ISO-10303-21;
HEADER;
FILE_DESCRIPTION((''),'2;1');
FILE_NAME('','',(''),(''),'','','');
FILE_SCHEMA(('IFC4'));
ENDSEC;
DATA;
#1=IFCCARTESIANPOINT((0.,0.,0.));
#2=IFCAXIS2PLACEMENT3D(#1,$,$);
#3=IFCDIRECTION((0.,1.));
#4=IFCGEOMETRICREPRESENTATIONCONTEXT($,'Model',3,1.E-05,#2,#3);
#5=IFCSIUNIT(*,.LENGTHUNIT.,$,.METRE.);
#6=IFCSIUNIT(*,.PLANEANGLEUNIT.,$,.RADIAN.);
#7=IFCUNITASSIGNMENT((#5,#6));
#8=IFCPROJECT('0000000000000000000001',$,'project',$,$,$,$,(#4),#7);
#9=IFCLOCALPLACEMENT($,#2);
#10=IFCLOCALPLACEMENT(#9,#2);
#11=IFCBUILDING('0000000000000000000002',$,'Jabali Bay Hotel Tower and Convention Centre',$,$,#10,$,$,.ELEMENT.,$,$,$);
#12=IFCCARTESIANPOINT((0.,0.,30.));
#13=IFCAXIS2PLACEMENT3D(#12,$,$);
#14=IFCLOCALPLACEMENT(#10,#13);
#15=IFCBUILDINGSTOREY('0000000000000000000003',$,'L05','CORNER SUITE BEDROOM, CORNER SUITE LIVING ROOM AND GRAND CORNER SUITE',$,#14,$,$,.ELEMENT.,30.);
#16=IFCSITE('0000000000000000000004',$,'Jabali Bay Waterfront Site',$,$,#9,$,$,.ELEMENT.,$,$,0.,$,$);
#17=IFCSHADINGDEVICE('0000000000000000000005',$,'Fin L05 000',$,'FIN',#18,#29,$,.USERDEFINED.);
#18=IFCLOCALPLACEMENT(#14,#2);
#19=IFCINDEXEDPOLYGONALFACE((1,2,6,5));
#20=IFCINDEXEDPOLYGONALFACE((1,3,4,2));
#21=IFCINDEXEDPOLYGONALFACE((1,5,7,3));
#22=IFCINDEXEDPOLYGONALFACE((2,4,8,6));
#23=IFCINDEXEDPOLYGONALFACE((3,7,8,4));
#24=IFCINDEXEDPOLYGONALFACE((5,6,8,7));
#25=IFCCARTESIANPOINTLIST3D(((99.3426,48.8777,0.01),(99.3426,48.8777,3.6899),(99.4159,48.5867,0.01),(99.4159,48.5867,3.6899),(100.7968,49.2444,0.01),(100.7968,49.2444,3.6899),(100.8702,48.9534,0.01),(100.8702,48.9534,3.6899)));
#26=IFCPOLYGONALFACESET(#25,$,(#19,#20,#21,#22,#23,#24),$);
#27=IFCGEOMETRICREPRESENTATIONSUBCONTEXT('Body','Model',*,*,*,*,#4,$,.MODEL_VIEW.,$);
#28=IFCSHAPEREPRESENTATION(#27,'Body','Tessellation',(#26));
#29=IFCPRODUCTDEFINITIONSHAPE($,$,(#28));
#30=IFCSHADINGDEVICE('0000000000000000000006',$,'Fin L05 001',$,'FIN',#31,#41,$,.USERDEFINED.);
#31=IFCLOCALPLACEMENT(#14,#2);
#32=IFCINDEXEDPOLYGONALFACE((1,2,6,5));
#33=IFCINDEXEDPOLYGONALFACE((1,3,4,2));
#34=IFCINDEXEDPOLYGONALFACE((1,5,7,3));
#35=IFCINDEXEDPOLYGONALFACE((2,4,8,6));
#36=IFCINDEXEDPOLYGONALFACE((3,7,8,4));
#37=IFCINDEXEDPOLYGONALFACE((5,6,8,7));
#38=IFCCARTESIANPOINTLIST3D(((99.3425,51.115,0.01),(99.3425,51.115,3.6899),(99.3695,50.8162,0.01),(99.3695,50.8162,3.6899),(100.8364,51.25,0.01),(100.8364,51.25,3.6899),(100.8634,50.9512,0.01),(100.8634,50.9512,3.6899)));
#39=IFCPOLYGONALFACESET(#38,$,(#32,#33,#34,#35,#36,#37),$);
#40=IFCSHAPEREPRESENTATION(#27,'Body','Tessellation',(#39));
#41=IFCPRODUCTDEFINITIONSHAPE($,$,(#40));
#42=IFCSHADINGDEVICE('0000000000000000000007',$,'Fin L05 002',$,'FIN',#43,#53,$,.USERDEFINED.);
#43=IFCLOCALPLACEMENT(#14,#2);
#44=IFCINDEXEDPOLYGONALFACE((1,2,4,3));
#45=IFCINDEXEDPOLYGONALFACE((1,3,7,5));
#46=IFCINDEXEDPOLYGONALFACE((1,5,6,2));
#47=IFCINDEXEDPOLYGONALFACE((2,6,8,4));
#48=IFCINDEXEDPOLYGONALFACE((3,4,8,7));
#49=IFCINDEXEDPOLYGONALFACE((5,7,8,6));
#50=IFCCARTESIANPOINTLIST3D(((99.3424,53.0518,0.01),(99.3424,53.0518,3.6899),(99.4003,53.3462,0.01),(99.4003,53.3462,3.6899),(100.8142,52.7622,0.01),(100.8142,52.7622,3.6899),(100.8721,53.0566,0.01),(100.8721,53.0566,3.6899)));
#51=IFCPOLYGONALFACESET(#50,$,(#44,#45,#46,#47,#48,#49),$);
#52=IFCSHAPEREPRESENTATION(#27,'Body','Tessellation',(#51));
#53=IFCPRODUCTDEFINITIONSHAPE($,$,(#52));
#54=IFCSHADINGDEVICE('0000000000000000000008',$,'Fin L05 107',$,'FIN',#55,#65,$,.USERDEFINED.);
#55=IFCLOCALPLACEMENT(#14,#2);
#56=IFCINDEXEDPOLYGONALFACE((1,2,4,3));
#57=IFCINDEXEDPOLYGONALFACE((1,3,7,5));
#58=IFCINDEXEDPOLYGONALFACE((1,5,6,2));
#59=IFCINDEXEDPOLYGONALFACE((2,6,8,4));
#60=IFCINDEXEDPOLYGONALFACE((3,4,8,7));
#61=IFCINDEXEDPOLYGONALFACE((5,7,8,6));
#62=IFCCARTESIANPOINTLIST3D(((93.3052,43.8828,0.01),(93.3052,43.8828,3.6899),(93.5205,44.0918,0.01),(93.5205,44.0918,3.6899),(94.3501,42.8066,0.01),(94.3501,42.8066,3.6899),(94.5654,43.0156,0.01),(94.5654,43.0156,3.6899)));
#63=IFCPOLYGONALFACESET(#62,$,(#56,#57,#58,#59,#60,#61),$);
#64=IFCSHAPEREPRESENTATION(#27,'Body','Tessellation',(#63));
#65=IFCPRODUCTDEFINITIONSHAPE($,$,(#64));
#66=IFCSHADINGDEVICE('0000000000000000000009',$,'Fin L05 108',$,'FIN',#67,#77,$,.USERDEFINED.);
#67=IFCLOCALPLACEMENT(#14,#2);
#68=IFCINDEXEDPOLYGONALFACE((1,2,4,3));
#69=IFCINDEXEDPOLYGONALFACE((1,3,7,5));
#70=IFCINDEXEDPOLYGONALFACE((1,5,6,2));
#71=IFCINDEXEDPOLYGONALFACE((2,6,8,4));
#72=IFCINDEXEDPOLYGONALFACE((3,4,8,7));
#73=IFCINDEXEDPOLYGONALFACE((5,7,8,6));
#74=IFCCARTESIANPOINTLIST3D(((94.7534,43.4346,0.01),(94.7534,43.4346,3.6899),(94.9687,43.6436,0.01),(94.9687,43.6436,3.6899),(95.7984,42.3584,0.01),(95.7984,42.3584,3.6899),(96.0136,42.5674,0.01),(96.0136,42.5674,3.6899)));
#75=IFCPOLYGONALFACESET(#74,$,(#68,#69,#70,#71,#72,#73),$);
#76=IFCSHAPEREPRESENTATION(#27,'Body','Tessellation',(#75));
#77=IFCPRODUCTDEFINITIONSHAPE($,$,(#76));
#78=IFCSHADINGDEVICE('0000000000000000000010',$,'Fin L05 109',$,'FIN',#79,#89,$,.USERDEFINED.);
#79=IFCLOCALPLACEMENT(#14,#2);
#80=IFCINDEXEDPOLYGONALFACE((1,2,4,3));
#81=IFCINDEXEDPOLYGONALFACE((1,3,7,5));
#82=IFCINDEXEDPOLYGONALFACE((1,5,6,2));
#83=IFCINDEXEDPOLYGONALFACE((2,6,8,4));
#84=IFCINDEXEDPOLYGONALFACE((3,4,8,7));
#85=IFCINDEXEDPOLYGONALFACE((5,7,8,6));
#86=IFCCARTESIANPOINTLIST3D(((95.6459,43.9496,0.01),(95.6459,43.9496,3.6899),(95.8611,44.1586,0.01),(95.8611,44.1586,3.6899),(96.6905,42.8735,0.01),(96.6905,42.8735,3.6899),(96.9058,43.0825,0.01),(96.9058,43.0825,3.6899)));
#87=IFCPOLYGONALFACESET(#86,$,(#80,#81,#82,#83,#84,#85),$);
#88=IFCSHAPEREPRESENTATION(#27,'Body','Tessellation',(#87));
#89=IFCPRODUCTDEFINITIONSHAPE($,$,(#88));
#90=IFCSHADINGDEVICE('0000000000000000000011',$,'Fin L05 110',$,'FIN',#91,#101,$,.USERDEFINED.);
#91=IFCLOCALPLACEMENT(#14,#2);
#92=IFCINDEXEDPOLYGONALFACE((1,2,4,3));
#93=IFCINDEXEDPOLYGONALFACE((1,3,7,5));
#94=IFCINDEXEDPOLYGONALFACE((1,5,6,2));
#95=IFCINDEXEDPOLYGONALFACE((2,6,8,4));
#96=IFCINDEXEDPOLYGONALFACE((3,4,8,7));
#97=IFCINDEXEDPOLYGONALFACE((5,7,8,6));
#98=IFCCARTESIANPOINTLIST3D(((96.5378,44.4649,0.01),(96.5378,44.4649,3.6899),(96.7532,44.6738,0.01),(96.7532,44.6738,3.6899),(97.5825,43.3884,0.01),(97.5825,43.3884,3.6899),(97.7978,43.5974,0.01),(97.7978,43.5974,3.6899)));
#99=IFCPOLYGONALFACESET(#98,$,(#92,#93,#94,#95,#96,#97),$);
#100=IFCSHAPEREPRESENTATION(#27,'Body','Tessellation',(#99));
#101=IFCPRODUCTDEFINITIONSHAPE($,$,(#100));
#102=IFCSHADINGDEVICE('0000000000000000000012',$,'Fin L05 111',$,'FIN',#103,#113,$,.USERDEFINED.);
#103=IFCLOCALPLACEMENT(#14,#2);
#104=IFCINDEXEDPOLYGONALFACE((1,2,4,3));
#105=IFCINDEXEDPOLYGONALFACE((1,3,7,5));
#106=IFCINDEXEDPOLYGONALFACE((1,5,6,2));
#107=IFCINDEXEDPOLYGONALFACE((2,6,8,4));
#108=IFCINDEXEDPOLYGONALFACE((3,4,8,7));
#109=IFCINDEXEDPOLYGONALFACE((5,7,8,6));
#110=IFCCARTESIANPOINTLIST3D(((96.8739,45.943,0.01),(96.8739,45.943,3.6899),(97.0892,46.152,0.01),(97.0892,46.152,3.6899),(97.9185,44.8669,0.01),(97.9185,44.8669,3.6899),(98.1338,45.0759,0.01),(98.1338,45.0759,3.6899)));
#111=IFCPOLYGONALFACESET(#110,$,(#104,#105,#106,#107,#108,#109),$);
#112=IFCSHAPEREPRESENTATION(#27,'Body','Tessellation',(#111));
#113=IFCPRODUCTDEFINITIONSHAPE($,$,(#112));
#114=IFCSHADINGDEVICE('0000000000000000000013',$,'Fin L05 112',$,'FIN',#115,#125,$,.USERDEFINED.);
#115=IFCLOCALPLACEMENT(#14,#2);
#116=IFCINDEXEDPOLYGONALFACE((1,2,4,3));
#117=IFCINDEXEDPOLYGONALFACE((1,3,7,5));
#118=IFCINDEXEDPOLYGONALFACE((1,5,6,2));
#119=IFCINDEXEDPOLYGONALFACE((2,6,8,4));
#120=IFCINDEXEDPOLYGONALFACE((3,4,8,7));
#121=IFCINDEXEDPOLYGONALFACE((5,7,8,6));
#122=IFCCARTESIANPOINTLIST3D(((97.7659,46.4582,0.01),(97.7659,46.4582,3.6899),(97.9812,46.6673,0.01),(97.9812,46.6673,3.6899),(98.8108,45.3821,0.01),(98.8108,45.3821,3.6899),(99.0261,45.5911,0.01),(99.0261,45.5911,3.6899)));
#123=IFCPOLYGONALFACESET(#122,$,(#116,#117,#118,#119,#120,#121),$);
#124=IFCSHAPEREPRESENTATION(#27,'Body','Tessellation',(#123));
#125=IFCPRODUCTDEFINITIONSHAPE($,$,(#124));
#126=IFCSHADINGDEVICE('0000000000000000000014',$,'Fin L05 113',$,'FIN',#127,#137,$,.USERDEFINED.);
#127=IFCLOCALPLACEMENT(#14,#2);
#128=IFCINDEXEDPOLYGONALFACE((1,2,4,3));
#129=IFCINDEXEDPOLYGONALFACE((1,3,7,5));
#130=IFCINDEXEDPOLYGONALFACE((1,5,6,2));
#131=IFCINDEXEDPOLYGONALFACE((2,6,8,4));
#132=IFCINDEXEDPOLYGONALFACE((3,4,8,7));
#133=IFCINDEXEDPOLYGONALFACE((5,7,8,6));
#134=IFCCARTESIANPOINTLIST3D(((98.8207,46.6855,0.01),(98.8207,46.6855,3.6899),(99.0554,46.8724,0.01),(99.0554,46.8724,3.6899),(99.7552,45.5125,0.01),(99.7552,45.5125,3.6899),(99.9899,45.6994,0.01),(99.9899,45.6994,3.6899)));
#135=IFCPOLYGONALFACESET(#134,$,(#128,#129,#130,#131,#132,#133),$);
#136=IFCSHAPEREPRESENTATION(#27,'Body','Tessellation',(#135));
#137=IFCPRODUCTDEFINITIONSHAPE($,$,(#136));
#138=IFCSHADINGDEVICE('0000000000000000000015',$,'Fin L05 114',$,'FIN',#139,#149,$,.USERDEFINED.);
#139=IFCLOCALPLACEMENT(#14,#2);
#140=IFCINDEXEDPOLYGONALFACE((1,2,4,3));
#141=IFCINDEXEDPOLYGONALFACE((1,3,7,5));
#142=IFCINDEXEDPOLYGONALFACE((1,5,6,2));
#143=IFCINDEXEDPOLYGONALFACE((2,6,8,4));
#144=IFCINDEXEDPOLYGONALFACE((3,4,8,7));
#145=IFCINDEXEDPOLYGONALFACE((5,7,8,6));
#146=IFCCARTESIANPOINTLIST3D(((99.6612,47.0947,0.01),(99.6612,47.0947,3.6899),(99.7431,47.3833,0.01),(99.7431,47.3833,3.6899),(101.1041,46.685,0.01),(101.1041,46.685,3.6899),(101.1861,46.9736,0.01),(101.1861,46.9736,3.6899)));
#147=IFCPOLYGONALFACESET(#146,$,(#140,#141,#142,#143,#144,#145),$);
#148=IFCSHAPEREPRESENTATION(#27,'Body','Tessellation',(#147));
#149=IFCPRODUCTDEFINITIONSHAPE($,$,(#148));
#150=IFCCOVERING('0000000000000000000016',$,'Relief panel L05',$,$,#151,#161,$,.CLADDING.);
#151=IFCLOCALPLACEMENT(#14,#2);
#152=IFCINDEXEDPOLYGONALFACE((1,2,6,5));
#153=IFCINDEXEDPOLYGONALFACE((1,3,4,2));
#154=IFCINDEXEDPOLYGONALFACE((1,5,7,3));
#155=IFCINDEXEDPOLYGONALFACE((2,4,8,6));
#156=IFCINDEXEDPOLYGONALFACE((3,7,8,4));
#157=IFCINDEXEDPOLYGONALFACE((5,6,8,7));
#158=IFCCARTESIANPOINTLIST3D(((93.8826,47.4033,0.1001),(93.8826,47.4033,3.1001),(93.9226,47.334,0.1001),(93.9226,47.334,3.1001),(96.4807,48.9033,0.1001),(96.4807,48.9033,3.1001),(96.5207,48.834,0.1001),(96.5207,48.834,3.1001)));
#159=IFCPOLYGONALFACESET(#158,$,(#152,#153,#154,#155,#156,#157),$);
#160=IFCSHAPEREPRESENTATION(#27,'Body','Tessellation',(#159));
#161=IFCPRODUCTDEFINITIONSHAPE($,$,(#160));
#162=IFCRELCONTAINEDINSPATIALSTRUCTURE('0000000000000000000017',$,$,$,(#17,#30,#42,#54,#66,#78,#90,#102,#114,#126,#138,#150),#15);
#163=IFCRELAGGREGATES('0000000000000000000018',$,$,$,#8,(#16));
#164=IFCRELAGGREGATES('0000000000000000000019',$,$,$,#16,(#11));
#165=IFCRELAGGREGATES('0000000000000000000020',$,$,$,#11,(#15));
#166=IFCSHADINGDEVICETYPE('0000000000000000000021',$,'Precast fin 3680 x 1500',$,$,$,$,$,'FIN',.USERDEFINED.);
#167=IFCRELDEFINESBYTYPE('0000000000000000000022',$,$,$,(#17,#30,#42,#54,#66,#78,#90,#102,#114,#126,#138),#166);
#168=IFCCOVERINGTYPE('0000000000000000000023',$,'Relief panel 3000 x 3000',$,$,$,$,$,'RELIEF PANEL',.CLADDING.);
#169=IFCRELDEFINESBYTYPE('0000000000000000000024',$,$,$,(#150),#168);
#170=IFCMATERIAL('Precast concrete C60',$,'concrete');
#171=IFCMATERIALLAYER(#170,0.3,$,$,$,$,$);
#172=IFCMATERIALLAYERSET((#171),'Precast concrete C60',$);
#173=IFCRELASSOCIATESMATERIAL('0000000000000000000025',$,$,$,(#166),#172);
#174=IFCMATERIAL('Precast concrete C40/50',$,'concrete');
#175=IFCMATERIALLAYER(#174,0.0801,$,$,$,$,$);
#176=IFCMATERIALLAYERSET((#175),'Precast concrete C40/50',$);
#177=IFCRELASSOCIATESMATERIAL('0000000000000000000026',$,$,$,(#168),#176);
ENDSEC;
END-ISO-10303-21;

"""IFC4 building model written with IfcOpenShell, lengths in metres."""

from ifc_helpers import new_model, si_unit, direction, frame, frame_2d, origin, origin_2d, place, context, subcontext, project, spatial, rectangle, extrude, material, layer, layer_set, type_object, element, save


model = new_model("IFC4")

# Units and contexts
model_context = context("Model", 3, precision=1e-05, world=origin(), true_north=direction((0.0, 1.0)))
body_context = subcontext(model_context, "Body", "Model", "MODEL_VIEW")
ifc_project = project(units=[si_unit("LENGTHUNIT", "METRE"), si_unit("PLANEANGLEUNIT", "RADIAN")], contexts=[model_context])

# Site, building, storey
site_placement = place(None, origin())
site = spatial("IfcSite", under=ifc_project, at=site_placement, Name="Jabali Bay Waterfront Site", CompositionType="ELEMENT", RefElevation=0.0)
building_placement = place(site_placement, origin())
building = spatial("IfcBuilding", under=site, at=building_placement, Name="Jabali Bay Hotel Tower and Convention Centre", CompositionType="ELEMENT")
storey_placement = place(building_placement, frame((0.0, 0.0, 30.0)))
storey = spatial("IfcBuildingStorey", under=building, at=storey_placement, Name="L05", Description="CORNER SUITE BEDROOM, CORNER SUITE LIVING ROOM AND GRAND CORNER SUITE", CompositionType="ELEMENT", Elevation=30.0)

# Shading devices
ifc_material_1 = material(Name="Precast concrete C60", Category="concrete")
ifc_layer_1 = layer(ifc_material_1, 0.3)
ifc_layer_set_1 = layer_set([ifc_layer_1], Name="Precast concrete C60")
shading_device_type = type_object("IfcShadingDeviceType", Name="Precast fin 3680 x 1500", ElementType="FIN", PredefinedType="USERDEFINED", material=ifc_layer_set_1)
shading_device_1_placement = place(storey_placement, frame((99.3792, 48.7322, 0.01), z_axis=(0.0, 0.0, 1.0), x_axis=(0.969652, 0.244488, 0.0)))
element("IfcShadingDevice", 1, at=shading_device_1_placement, inside=storey, type_object=shading_device_type, Name="Fin L05 000", ObjectType="FIN", PredefinedType="USERDEFINED", context=body_context, shape_type="SweptSolid", body=[
    extrude(rectangle(XDim=1.4998, YDim=0.3, at=frame_2d((0.75, 0.0))), origin(), (0.0, 0.0, 1.0), 3.6799),
])
for number, where, z_axis, x_axis, name in (
    (2, (99.356, 50.9656, 0.01), (0.0, 0.0, 1.0), (0.995941, 0.090007, 0.0), "Fin L05 001"),
    (3, (99.3713, 53.199, 0.01), (0.0, 0.0, 1.0), (0.981189, -0.193048, 0.0), "Fin L05 002"),
    (4, (93.4128, 43.9873, 0.01), (0.0, 0.0, 1.0), (0.696613, -0.717447, 0.0), "Fin L05 107"),
    (5, (94.8611, 43.5391, 0.01), (0.0, 0.0, 1.0), (0.696613, -0.717447, 0.0), "Fin L05 108"),
):
    element("IfcShadingDevice", number, at=place(storey_placement, frame(where, z_axis=z_axis, x_axis=x_axis)), inside=storey, type_object=shading_device_type, Name=name, ObjectType="FIN", PredefinedType="USERDEFINED", context=body_context, shape_type="SweptSolid", body=[
        extrude(rectangle(XDim=1.5, YDim=0.3, at=frame_2d((0.75, 0.0))), origin(), (0.0, 0.0, 1.0), 3.6799),
    ])
shading_device_2_placement = place(storey_placement, frame((95.7534, 44.0542, 0.01), z_axis=(0.0, 0.0, 1.0), x_axis=(0.69653, -0.717528, 0.0)))
element("IfcShadingDevice", 6, at=shading_device_2_placement, inside=storey, type_object=shading_device_type, Name="Fin L05 109", ObjectType="FIN", PredefinedType="USERDEFINED", context=body_context, shape_type="SweptSolid", body=[
    extrude(rectangle(XDim=1.4998, YDim=0.3, at=frame_2d((0.75, 0.0))), origin(), (0.0, 0.0, 1.0), 3.6799),
])
shading_device_3_placement = place(storey_placement, frame((96.6455, 44.5693, 0.01), z_axis=(0.0, 0.0, 1.0), x_axis=(0.696448, -0.717607, 0.0)))
element("IfcShadingDevice", 7, at=shading_device_3_placement, inside=storey, type_object=shading_device_type, Name="Fin L05 110", ObjectType="FIN", PredefinedType="USERDEFINED", context=body_context, shape_type="SweptSolid", body=[
    extrude(rectangle(XDim=1.5, YDim=0.3, at=frame_2d((0.75, 0.0))), origin(), (0.0, 0.0, 1.0), 3.6799),
])
shading_device_4_placement = place(storey_placement, frame((96.9814, 46.0476, 0.01), z_axis=(0.0, 0.0, 1.0), x_axis=(0.69653, -0.717528, 0.0)))
element("IfcShadingDevice", 8, at=shading_device_4_placement, inside=storey, type_object=shading_device_type, Name="Fin L05 111", ObjectType="FIN", PredefinedType="USERDEFINED", context=body_context, shape_type="SweptSolid", body=[
    extrude(rectangle(XDim=1.4998, YDim=0.3, at=frame_2d((0.75, 0.0))), origin(), (0.0, 0.0, 1.0), 3.6799),
])
shading_device_5_placement = place(storey_placement, frame((97.8735, 46.5627, 0.01), z_axis=(0.0, 0.0, 1.0), x_axis=(0.696613, -0.717447, 0.0)))
element("IfcShadingDevice", 9, at=shading_device_5_placement, inside=storey, type_object=shading_device_type, Name="Fin L05 112", ObjectType="FIN", PredefinedType="USERDEFINED", context=body_context, shape_type="SweptSolid", body=[
    extrude(rectangle(XDim=1.5, YDim=0.3, at=frame_2d((0.75, 0.0))), origin(), (0.0, 0.0, 1.0), 3.6799),
])
shading_device_6_placement = place(storey_placement, frame((98.938, 46.7791, 0.01), z_axis=(0.0, 0.0, 1.0), x_axis=(0.623106, -0.782138, 0.0)))
element("IfcShadingDevice", 10, at=shading_device_6_placement, inside=storey, type_object=shading_device_type, Name="Fin L05 113", ObjectType="FIN", PredefinedType="USERDEFINED", context=body_context, shape_type="SweptSolid", body=[
    extrude(rectangle(XDim=1.4998, YDim=0.3, at=frame_2d((0.75, 0.0))), origin(), (0.0, 0.0, 1.0), 3.6799),
])
shading_device_7_placement = place(storey_placement, frame((99.7021, 47.239, 0.01), z_axis=(0.0, 0.0, 1.0), x_axis=(0.961977, -0.27313, 0.0)))
element("IfcShadingDevice", 11, at=shading_device_7_placement, inside=storey, type_object=shading_device_type, Name="Fin L05 114", ObjectType="FIN", PredefinedType="USERDEFINED", context=body_context, shape_type="SweptSolid", body=[
    extrude(rectangle(XDim=1.5, YDim=0.3, at=frame_2d((0.75, 0.0))), origin(), (0.0, 0.0, 1.0), 3.6799),
])

# Covering
ifc_material_2 = material(Name="Precast concrete C40/50", Category="concrete")
ifc_layer_2 = layer(ifc_material_2, 0.0801)
ifc_layer_set_2 = layer_set([ifc_layer_2], Name="Precast concrete C40/50")
covering_type = type_object("IfcCoveringType", Name="Relief panel 3000 x 3000", ElementType="RELIEF PANEL", PredefinedType="CLADDING", material=ifc_layer_set_2)
covering_placement = place(storey_placement, frame((95.2017, 48.1187, 0.1001), z_axis=(0.0, 0.0, 1.0), x_axis=(-0.866025, -0.5, 0.0)))
element("IfcCovering", 12, at=covering_placement, inside=storey, type_object=covering_type, Name="Relief panel L05", PredefinedType="CLADDING", context=body_context, shape_type="SweptSolid", body=[
    extrude(rectangle(XDim=3.0, YDim=0.0801, at=origin_2d()), origin(), (0.0, 0.0, 1.0), 3.0),
])

save(model, "model.ifc")
